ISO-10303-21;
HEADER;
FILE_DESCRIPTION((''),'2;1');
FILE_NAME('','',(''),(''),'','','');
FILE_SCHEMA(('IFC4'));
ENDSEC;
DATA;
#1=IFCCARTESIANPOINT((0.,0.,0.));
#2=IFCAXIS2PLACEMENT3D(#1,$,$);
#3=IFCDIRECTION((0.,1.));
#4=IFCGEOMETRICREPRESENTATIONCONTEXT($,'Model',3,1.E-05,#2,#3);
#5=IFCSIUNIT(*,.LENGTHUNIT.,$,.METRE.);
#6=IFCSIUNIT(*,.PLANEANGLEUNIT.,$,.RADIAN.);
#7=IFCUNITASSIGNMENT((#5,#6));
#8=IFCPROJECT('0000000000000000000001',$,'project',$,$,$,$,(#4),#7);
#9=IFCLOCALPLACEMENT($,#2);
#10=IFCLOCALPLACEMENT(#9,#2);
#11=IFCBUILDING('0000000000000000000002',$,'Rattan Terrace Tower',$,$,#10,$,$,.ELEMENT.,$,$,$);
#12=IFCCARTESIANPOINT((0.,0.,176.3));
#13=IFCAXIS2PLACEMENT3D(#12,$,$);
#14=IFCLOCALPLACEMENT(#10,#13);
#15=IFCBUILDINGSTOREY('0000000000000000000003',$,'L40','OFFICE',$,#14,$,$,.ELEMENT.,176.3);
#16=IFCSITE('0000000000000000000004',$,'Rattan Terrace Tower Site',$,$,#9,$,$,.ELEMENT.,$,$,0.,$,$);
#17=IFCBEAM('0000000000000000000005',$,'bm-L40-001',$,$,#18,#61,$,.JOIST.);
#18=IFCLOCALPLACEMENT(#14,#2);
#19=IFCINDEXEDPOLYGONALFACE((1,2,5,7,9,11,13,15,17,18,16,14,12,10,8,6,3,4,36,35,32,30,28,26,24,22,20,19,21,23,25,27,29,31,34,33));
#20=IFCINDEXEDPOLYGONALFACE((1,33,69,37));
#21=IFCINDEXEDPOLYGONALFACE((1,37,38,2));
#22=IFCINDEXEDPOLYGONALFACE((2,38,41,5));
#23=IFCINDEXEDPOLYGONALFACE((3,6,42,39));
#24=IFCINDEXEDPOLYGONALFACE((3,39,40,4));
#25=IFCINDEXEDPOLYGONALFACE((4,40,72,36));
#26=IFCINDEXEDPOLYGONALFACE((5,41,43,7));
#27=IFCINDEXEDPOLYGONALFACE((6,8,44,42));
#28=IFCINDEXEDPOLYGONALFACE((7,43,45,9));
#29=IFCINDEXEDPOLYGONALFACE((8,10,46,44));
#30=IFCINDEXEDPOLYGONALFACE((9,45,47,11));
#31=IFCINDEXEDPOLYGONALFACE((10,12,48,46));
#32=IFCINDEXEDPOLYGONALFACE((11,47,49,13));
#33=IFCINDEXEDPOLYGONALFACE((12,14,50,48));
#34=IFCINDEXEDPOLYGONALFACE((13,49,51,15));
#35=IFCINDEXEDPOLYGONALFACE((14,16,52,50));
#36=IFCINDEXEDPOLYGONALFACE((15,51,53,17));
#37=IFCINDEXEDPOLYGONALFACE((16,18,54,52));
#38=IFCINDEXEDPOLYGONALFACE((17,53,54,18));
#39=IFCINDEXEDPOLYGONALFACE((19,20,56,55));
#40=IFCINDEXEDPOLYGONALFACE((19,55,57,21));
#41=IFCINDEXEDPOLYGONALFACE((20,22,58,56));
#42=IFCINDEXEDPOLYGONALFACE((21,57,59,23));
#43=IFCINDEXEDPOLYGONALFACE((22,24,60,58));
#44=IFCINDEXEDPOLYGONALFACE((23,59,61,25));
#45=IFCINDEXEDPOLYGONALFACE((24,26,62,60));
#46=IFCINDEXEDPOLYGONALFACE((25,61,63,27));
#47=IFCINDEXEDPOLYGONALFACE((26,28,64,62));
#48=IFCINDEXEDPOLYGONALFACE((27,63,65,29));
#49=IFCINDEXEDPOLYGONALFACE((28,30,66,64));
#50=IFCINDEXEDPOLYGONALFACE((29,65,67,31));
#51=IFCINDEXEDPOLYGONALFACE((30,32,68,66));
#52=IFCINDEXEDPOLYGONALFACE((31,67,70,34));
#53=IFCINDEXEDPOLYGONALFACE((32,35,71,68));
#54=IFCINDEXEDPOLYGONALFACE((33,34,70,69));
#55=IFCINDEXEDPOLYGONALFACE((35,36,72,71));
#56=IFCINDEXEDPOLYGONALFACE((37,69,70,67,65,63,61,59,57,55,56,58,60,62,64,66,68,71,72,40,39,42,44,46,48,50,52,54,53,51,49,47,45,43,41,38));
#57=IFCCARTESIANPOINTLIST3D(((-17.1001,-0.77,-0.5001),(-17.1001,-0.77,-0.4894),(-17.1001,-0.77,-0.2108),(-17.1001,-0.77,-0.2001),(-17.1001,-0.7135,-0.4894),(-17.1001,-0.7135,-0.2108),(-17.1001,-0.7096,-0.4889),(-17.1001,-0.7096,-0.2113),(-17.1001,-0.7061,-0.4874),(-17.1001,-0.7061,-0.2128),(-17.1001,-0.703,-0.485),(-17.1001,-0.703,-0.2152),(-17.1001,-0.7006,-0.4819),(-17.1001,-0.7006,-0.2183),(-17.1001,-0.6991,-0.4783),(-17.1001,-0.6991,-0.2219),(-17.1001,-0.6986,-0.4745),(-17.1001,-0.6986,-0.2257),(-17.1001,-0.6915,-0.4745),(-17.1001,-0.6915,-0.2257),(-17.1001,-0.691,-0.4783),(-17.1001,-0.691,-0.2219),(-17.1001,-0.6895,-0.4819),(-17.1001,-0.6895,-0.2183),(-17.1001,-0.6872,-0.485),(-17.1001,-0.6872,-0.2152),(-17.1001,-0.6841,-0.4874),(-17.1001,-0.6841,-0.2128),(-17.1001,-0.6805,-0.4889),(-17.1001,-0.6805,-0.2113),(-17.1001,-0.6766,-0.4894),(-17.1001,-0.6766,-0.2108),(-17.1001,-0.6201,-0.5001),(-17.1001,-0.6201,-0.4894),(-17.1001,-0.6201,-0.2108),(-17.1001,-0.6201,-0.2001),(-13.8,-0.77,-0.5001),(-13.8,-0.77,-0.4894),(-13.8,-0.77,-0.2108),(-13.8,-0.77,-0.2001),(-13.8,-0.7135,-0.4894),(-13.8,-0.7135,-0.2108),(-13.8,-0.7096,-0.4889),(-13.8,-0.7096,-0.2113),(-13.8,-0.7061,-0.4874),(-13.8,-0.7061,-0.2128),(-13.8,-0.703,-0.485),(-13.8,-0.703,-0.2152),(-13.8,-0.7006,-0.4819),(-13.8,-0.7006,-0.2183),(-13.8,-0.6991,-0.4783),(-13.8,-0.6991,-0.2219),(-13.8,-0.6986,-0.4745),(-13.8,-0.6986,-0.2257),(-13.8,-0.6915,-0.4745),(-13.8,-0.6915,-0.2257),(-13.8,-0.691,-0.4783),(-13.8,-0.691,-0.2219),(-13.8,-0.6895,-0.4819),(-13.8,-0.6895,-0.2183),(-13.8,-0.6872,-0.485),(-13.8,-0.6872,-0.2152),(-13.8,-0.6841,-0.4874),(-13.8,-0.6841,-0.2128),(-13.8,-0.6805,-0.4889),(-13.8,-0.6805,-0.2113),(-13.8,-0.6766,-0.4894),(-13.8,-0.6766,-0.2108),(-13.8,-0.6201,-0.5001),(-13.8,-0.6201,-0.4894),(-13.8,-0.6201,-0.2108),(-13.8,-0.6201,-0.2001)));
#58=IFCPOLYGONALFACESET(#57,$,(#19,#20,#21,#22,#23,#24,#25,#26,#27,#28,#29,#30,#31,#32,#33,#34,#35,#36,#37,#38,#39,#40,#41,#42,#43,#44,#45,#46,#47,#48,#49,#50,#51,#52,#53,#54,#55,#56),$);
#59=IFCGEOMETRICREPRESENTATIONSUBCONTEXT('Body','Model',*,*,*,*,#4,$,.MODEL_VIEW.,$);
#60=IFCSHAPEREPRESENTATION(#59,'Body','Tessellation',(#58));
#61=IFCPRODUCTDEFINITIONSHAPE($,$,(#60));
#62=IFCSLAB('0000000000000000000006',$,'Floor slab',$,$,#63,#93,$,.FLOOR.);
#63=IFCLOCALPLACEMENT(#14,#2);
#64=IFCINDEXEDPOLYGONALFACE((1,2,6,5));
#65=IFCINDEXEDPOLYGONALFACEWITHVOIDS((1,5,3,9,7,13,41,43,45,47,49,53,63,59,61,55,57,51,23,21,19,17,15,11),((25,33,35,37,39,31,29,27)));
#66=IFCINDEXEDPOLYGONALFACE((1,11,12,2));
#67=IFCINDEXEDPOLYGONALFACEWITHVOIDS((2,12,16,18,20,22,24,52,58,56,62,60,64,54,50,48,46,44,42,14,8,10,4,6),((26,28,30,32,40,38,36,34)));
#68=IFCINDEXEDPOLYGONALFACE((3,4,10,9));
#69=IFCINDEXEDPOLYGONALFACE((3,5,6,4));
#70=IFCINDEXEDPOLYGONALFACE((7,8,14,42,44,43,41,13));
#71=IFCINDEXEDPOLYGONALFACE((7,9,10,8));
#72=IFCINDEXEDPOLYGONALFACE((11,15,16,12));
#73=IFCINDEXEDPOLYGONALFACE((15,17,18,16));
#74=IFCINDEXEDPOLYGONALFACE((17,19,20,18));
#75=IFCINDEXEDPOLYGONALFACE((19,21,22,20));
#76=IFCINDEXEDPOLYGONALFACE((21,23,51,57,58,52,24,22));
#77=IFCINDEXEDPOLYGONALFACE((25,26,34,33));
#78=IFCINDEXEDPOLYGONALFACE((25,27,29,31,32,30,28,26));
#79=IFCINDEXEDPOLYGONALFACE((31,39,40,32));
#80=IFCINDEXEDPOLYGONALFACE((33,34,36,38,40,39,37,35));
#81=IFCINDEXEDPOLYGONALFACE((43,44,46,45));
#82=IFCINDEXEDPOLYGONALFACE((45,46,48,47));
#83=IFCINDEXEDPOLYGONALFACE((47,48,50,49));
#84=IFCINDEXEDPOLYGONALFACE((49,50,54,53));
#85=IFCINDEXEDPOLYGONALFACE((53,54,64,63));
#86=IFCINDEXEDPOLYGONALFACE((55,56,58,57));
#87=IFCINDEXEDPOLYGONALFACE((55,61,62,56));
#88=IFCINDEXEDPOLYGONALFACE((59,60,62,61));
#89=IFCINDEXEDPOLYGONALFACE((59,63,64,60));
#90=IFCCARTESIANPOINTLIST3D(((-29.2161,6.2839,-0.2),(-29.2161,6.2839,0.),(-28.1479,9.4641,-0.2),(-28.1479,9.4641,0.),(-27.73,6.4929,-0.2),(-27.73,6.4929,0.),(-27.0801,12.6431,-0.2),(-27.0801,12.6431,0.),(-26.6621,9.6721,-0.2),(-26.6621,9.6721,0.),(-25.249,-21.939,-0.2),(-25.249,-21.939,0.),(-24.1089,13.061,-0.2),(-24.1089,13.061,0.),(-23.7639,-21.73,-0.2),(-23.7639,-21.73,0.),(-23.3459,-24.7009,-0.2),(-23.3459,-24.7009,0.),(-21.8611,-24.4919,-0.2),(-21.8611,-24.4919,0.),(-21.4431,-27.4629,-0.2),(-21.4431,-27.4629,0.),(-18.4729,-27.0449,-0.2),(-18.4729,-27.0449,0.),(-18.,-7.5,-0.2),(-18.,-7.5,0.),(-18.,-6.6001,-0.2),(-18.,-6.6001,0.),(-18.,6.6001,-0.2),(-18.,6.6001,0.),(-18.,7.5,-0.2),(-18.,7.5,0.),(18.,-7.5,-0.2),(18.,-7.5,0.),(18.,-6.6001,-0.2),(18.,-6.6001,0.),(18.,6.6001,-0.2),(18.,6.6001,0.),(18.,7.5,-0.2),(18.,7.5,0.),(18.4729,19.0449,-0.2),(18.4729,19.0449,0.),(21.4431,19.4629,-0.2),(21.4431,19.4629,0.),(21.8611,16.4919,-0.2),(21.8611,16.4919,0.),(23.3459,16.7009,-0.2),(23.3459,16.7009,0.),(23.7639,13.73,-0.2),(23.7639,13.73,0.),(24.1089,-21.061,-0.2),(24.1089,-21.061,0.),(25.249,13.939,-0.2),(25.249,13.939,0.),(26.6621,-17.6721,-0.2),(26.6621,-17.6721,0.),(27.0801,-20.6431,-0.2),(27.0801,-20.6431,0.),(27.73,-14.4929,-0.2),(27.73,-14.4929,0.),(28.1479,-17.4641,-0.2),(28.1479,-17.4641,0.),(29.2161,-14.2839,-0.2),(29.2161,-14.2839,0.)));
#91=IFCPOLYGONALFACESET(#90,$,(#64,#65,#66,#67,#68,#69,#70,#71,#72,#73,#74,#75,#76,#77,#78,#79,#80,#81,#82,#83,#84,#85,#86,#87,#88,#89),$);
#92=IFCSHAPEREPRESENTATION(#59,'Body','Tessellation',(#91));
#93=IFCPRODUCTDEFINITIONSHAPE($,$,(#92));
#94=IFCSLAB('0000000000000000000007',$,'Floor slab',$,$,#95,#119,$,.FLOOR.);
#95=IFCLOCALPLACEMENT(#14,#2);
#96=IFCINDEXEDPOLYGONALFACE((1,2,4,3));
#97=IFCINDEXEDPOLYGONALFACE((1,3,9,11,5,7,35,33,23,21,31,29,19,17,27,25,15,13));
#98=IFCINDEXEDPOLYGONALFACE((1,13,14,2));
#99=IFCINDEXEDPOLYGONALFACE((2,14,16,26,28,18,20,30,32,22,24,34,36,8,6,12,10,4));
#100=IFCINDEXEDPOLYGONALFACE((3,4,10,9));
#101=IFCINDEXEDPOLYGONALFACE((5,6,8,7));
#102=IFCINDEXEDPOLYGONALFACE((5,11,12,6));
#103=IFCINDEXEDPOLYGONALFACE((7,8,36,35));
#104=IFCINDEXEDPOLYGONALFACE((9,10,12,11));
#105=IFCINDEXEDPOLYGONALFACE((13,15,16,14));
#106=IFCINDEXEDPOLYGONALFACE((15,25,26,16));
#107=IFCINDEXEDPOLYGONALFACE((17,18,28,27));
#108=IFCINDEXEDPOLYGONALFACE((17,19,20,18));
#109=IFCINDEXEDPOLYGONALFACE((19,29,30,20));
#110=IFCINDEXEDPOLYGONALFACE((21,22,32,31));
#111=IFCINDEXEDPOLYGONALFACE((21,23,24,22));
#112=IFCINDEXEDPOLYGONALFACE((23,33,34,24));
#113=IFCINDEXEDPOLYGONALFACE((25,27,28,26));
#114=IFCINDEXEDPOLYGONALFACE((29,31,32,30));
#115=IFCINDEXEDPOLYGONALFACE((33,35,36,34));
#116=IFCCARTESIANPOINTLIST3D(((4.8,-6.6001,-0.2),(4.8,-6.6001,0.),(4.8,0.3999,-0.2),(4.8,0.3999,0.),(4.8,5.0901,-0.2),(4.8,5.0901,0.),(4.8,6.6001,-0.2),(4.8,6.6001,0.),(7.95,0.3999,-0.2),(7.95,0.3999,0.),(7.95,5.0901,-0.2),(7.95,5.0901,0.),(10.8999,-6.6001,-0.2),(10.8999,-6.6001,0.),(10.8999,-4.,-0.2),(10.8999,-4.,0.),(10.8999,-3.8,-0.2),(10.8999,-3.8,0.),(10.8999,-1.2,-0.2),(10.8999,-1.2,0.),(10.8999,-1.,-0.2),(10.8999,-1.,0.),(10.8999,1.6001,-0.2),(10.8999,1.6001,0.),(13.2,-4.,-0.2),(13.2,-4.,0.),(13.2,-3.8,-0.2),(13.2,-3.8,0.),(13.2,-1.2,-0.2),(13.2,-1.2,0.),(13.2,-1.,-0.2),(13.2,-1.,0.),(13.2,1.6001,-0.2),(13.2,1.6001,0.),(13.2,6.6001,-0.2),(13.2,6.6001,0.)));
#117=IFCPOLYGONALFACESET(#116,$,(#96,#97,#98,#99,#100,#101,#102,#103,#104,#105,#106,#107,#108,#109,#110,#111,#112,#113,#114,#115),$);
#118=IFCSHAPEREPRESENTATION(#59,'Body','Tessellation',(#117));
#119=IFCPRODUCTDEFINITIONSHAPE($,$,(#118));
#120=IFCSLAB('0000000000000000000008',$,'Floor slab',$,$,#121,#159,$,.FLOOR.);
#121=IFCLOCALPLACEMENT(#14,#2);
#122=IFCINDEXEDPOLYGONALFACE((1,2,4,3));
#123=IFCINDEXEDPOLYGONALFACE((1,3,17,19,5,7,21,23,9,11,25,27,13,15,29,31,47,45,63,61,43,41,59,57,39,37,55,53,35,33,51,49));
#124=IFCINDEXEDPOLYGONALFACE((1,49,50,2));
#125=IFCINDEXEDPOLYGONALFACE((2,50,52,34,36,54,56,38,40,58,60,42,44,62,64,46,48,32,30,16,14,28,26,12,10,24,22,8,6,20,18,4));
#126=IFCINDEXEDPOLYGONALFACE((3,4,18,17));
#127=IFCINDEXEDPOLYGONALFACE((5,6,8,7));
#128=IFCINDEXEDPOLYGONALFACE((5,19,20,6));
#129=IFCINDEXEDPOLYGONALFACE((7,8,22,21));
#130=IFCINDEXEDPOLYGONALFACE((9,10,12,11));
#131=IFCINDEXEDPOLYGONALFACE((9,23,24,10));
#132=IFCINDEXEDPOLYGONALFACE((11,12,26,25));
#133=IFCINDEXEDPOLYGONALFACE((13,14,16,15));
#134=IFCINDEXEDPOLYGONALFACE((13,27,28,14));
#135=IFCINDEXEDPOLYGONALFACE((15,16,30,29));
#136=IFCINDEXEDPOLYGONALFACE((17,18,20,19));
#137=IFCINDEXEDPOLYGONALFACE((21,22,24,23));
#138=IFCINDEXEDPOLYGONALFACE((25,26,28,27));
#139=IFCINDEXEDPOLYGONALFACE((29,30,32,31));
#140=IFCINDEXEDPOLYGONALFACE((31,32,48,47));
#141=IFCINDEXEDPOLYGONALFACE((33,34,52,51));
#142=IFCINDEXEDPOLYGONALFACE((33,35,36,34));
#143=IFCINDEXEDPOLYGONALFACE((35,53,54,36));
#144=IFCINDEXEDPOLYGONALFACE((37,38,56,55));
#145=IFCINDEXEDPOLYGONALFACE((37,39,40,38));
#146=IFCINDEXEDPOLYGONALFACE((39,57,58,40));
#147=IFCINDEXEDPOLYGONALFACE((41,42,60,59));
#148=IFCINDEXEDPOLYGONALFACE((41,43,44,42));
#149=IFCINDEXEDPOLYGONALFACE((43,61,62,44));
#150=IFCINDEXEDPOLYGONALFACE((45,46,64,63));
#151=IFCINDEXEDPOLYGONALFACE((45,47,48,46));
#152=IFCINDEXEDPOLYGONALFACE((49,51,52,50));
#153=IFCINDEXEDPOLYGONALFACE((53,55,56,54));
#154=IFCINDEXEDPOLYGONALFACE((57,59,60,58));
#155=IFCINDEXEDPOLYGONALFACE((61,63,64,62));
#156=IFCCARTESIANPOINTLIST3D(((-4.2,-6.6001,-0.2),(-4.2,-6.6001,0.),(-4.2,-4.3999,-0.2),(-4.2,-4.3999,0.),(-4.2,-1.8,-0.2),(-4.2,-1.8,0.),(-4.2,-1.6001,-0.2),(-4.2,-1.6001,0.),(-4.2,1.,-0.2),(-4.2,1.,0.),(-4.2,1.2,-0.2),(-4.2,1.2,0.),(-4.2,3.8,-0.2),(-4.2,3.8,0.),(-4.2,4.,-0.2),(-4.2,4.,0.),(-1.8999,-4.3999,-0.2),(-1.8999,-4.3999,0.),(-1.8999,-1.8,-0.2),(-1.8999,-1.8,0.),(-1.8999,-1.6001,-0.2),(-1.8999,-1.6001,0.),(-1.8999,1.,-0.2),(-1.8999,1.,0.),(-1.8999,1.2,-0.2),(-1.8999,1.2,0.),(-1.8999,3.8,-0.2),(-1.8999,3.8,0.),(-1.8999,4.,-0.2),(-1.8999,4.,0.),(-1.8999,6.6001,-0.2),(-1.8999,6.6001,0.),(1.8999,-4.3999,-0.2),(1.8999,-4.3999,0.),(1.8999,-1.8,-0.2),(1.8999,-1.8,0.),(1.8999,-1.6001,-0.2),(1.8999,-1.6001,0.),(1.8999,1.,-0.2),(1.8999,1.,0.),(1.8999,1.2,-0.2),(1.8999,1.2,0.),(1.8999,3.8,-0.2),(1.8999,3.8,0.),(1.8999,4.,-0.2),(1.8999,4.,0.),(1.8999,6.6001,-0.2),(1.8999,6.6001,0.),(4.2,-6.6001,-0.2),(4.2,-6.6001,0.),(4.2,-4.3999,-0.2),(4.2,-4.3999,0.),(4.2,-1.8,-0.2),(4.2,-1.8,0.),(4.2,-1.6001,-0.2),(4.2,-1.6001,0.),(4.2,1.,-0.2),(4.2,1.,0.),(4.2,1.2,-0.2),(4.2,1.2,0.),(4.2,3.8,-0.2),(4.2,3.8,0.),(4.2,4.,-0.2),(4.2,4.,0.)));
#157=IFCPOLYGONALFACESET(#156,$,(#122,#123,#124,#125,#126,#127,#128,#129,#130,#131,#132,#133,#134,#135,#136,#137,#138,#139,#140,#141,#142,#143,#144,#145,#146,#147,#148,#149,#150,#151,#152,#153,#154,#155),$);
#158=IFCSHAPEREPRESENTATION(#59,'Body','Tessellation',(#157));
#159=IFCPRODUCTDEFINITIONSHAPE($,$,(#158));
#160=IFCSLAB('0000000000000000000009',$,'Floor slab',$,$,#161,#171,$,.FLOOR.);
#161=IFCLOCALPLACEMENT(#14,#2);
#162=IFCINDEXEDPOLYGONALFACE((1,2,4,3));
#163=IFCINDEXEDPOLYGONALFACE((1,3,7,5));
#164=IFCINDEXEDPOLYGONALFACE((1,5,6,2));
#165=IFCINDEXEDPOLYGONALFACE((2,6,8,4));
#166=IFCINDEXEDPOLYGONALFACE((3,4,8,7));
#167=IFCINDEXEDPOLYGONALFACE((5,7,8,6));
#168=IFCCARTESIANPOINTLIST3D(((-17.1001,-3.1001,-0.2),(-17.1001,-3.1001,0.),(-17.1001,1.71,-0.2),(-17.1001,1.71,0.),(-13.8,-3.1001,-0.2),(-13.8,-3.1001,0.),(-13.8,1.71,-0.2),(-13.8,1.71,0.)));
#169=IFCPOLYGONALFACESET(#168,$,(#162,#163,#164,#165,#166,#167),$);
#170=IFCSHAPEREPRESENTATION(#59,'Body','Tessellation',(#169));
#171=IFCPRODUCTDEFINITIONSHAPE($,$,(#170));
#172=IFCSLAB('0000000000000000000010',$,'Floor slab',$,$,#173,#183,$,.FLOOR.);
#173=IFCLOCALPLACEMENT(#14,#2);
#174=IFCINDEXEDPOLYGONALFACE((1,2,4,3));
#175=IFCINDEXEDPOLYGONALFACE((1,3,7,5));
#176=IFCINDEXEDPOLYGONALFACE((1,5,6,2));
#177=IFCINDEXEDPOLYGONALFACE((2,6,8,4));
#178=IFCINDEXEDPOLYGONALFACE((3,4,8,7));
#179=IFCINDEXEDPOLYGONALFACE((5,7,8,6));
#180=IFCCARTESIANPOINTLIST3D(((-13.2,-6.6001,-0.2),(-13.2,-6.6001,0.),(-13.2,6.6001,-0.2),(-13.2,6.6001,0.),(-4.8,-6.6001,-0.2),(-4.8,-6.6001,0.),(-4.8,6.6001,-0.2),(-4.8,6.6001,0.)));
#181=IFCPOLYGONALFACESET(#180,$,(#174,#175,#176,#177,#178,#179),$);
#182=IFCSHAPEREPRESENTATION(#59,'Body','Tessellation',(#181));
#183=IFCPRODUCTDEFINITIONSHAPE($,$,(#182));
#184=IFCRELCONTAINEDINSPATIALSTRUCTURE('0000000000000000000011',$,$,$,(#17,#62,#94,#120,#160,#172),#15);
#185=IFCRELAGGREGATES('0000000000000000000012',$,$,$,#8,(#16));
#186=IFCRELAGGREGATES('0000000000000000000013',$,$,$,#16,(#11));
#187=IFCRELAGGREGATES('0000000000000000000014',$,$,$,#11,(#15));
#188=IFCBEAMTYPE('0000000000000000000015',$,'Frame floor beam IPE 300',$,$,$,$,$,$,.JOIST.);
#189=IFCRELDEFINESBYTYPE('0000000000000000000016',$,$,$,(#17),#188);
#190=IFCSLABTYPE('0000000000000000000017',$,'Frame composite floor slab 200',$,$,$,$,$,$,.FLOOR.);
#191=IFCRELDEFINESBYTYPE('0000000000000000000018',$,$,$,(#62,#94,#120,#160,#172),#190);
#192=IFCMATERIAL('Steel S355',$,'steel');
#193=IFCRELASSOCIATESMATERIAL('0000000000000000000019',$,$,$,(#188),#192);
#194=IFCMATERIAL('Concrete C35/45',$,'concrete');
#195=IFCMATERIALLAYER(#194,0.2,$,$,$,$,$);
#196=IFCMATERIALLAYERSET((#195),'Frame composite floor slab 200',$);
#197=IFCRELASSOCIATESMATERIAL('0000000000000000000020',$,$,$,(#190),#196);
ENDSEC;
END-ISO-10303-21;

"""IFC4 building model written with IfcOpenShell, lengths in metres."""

from ifc_helpers import new_model, si_unit, direction, frame, origin, origin_2d, place, context, subcontext, project, spatial, polyline, i_section, outline, extrude, material, layer, layer_set, material_profile, profile_set, type_object, element, save


model = new_model("IFC4")

# Units and contexts
model_context = context("Model", 3, precision=1e-05, world=origin(), true_north=direction((0.0, 1.0)))
body_context = subcontext(model_context, "Body", "Model", "MODEL_VIEW")
ifc_project = project(units=[si_unit("LENGTHUNIT", "METRE"), si_unit("PLANEANGLEUNIT", "RADIAN")], contexts=[model_context])

# Site, building, storey
site_placement = place(None, origin())
site = spatial("IfcSite", under=ifc_project, at=site_placement, Name="Rattan Terrace Tower Site", CompositionType="ELEMENT", RefElevation=0.0)
building_placement = place(site_placement, origin())
building = spatial("IfcBuilding", under=site, at=building_placement, Name="Rattan Terrace Tower", CompositionType="ELEMENT")
storey_placement = place(building_placement, frame((0.0, 0.0, 176.3)))
storey = spatial("IfcBuildingStorey", under=building, at=storey_placement, Name="L40", Description="OFFICE", CompositionType="ELEMENT", Elevation=176.3)

# Beam
ifc_material_1 = material(Name="Steel S355", Category="steel")
ifc_material_profile = material_profile(ifc_material_1, i_section(OverallWidth=0.1499, OverallDepth=0.3, WebThickness=0.0071, FlangeThickness=0.0107, FilletRadius=0.0149, at=origin_2d()), Name="IPE 300")
ifc_profile_set = profile_set([ifc_material_profile], Name="Steel S355")
beam_type = type_object("IfcBeamType", Name="Frame floor beam IPE 300", PredefinedType="JOIST", material=ifc_profile_set)
beam_placement = place(storey_placement, frame((-17.1001, -0.6951, -0.3501), z_axis=(1.0, 0.0, 0.0), x_axis=(0.0, 1.0, 0.0)))
element("IfcBeam", 1, at=beam_placement, inside=storey, type_object=beam_type, Name="bm-L40-001", PredefinedType="JOIST", context=body_context, shape_type="SweptSolid", body=[
    extrude(i_section(OverallWidth=0.1499, OverallDepth=0.3, WebThickness=0.0071, FlangeThickness=0.0107, FilletRadius=0.0149, at=origin_2d()), origin(), (0.0, 0.0, 1.0), 3.3),
])

# Slabs
ifc_material_2 = material(Name="Concrete C35/45", Category="concrete")
ifc_layer_1 = layer(ifc_material_2, 0.2)
ifc_layer_set_1 = layer_set([ifc_layer_1], Name="Frame composite floor slab 200")
slab_type = type_object("IfcSlabType", Name="Frame composite floor slab 200", PredefinedType="FLOOR", material=ifc_layer_set_1)
slab_1_placement = place(storey_placement, frame((0.0, 0.0, -0.2)))
element("IfcSlab", 2, at=slab_1_placement, inside=storey, type_object=slab_type, Name="Floor slab", PredefinedType="FLOOR", context=body_context, shape_type="SweptSolid", body=[
    extrude(outline(polyline([(-18.4729, -27.0449), (24.1089, -21.061), (27.0801, -20.6431), (26.6621, -17.6721), (28.1479, -17.4641), (27.73, -14.4929), (29.2161, -14.2839), (25.249, 13.939), (23.7639, 13.73), (23.3459, 16.7009), (21.8611, 16.4919), (21.4431, 19.4629), (18.4729, 19.0449), (-24.1089, 13.061), (-27.0801, 12.6431), (-26.6621, 9.6721), (-28.1479, 9.4641), (-27.73, 6.4929), (-29.2161, 6.2839), (-25.249, -21.939), (-23.7639, -21.73), (-23.3459, -24.7009), (-21.8611, -24.4919), (-21.4431, -27.4629), (-18.4729, -27.0449)]), holes=[polyline([(-18.0, -7.5), (18.0, -7.5), (18.0, -6.6001), (18.0, 6.6001), (18.0, 7.5), (-18.0, 7.5), (-18.0, 6.6001), (-18.0, -6.6001), (-18.0, -7.5)])]), origin(), (0.0, 0.0, 1.0), 0.2),
])
slab_2_placement = place(storey_placement, frame((0.0, 0.0, -0.2)))
element("IfcSlab", 3, at=slab_2_placement, inside=storey, type_object=slab_type, Name="Floor slab", PredefinedType="FLOOR", context=body_context, shape_type="SweptSolid", body=[
    extrude(outline(polyline([(13.2, 6.6001), (4.8, 6.6001), (4.8, 5.0901), (7.95, 5.0901), (7.95, 0.3999), (4.8, 0.3999), (4.8, -6.6001), (10.8999, -6.6001), (10.8999, -4.0), (13.2, -4.0), (13.2, -3.8), (10.8999, -3.8), (10.8999, -1.2), (13.2, -1.2), (13.2, -1.0), (10.8999, -1.0), (10.8999, 1.6001), (13.2, 1.6001), (13.2, 6.6001)])), origin(), (0.0, 0.0, 1.0), 0.2),
])
slab_3_placement = place(storey_placement, frame((0.0, 0.0, -0.2)))
element("IfcSlab", 4, at=slab_3_placement, inside=storey, type_object=slab_type, Name="Floor slab", PredefinedType="FLOOR", context=body_context, shape_type="SweptSolid", body=[
    extrude(outline(polyline([(1.8999, 6.6001), (-1.8999, 6.6001), (-1.8999, 4.0), (-4.2, 4.0), (-4.2, 3.8), (-1.8999, 3.8), (-1.8999, 1.2), (-4.2, 1.2), (-4.2, 1.0), (-1.8999, 1.0), (-1.8999, -1.6001), (-4.2, -1.6001), (-4.2, -1.8), (-1.8999, -1.8), (-1.8999, -4.3999), (-4.2, -4.3999), (-4.2, -6.6001), (4.2, -6.6001), (4.2, -4.3999), (1.8999, -4.3999), (1.8999, -1.8), (4.2, -1.8), (4.2, -1.6001), (1.8999, -1.6001), (1.8999, 1.0), (4.2, 1.0), (4.2, 1.2), (1.8999, 1.2), (1.8999, 3.8), (4.2, 3.8), (4.2, 4.0), (1.8999, 4.0), (1.8999, 6.6001)])), origin(), (0.0, 0.0, 1.0), 0.2),
])
slab_4_placement = place(storey_placement, frame((0.0, 0.0, -0.2)))
element("IfcSlab", 5, at=slab_4_placement, inside=storey, type_object=slab_type, Name="Floor slab", PredefinedType="FLOOR", context=body_context, shape_type="SweptSolid", body=[
    extrude(outline(polyline([(-17.1001, -3.1001), (-13.8, -3.1001), (-13.8, 1.71), (-17.1001, 1.71), (-17.1001, -3.1001)])), origin(), (0.0, 0.0, 1.0), 0.2),
])
slab_5_placement = place(storey_placement, frame((0.0, 0.0, -0.2)))
element("IfcSlab", 6, at=slab_5_placement, inside=storey, type_object=slab_type, Name="Floor slab", PredefinedType="FLOOR", context=body_context, shape_type="SweptSolid", body=[
    extrude(outline(polyline([(-4.8, -6.6001), (-4.8, 6.6001), (-13.2, 6.6001), (-13.2, -6.6001), (-4.8, -6.6001)])), origin(), (0.0, 0.0, 1.0), 0.2),
])

save(model, "model.ifc")
